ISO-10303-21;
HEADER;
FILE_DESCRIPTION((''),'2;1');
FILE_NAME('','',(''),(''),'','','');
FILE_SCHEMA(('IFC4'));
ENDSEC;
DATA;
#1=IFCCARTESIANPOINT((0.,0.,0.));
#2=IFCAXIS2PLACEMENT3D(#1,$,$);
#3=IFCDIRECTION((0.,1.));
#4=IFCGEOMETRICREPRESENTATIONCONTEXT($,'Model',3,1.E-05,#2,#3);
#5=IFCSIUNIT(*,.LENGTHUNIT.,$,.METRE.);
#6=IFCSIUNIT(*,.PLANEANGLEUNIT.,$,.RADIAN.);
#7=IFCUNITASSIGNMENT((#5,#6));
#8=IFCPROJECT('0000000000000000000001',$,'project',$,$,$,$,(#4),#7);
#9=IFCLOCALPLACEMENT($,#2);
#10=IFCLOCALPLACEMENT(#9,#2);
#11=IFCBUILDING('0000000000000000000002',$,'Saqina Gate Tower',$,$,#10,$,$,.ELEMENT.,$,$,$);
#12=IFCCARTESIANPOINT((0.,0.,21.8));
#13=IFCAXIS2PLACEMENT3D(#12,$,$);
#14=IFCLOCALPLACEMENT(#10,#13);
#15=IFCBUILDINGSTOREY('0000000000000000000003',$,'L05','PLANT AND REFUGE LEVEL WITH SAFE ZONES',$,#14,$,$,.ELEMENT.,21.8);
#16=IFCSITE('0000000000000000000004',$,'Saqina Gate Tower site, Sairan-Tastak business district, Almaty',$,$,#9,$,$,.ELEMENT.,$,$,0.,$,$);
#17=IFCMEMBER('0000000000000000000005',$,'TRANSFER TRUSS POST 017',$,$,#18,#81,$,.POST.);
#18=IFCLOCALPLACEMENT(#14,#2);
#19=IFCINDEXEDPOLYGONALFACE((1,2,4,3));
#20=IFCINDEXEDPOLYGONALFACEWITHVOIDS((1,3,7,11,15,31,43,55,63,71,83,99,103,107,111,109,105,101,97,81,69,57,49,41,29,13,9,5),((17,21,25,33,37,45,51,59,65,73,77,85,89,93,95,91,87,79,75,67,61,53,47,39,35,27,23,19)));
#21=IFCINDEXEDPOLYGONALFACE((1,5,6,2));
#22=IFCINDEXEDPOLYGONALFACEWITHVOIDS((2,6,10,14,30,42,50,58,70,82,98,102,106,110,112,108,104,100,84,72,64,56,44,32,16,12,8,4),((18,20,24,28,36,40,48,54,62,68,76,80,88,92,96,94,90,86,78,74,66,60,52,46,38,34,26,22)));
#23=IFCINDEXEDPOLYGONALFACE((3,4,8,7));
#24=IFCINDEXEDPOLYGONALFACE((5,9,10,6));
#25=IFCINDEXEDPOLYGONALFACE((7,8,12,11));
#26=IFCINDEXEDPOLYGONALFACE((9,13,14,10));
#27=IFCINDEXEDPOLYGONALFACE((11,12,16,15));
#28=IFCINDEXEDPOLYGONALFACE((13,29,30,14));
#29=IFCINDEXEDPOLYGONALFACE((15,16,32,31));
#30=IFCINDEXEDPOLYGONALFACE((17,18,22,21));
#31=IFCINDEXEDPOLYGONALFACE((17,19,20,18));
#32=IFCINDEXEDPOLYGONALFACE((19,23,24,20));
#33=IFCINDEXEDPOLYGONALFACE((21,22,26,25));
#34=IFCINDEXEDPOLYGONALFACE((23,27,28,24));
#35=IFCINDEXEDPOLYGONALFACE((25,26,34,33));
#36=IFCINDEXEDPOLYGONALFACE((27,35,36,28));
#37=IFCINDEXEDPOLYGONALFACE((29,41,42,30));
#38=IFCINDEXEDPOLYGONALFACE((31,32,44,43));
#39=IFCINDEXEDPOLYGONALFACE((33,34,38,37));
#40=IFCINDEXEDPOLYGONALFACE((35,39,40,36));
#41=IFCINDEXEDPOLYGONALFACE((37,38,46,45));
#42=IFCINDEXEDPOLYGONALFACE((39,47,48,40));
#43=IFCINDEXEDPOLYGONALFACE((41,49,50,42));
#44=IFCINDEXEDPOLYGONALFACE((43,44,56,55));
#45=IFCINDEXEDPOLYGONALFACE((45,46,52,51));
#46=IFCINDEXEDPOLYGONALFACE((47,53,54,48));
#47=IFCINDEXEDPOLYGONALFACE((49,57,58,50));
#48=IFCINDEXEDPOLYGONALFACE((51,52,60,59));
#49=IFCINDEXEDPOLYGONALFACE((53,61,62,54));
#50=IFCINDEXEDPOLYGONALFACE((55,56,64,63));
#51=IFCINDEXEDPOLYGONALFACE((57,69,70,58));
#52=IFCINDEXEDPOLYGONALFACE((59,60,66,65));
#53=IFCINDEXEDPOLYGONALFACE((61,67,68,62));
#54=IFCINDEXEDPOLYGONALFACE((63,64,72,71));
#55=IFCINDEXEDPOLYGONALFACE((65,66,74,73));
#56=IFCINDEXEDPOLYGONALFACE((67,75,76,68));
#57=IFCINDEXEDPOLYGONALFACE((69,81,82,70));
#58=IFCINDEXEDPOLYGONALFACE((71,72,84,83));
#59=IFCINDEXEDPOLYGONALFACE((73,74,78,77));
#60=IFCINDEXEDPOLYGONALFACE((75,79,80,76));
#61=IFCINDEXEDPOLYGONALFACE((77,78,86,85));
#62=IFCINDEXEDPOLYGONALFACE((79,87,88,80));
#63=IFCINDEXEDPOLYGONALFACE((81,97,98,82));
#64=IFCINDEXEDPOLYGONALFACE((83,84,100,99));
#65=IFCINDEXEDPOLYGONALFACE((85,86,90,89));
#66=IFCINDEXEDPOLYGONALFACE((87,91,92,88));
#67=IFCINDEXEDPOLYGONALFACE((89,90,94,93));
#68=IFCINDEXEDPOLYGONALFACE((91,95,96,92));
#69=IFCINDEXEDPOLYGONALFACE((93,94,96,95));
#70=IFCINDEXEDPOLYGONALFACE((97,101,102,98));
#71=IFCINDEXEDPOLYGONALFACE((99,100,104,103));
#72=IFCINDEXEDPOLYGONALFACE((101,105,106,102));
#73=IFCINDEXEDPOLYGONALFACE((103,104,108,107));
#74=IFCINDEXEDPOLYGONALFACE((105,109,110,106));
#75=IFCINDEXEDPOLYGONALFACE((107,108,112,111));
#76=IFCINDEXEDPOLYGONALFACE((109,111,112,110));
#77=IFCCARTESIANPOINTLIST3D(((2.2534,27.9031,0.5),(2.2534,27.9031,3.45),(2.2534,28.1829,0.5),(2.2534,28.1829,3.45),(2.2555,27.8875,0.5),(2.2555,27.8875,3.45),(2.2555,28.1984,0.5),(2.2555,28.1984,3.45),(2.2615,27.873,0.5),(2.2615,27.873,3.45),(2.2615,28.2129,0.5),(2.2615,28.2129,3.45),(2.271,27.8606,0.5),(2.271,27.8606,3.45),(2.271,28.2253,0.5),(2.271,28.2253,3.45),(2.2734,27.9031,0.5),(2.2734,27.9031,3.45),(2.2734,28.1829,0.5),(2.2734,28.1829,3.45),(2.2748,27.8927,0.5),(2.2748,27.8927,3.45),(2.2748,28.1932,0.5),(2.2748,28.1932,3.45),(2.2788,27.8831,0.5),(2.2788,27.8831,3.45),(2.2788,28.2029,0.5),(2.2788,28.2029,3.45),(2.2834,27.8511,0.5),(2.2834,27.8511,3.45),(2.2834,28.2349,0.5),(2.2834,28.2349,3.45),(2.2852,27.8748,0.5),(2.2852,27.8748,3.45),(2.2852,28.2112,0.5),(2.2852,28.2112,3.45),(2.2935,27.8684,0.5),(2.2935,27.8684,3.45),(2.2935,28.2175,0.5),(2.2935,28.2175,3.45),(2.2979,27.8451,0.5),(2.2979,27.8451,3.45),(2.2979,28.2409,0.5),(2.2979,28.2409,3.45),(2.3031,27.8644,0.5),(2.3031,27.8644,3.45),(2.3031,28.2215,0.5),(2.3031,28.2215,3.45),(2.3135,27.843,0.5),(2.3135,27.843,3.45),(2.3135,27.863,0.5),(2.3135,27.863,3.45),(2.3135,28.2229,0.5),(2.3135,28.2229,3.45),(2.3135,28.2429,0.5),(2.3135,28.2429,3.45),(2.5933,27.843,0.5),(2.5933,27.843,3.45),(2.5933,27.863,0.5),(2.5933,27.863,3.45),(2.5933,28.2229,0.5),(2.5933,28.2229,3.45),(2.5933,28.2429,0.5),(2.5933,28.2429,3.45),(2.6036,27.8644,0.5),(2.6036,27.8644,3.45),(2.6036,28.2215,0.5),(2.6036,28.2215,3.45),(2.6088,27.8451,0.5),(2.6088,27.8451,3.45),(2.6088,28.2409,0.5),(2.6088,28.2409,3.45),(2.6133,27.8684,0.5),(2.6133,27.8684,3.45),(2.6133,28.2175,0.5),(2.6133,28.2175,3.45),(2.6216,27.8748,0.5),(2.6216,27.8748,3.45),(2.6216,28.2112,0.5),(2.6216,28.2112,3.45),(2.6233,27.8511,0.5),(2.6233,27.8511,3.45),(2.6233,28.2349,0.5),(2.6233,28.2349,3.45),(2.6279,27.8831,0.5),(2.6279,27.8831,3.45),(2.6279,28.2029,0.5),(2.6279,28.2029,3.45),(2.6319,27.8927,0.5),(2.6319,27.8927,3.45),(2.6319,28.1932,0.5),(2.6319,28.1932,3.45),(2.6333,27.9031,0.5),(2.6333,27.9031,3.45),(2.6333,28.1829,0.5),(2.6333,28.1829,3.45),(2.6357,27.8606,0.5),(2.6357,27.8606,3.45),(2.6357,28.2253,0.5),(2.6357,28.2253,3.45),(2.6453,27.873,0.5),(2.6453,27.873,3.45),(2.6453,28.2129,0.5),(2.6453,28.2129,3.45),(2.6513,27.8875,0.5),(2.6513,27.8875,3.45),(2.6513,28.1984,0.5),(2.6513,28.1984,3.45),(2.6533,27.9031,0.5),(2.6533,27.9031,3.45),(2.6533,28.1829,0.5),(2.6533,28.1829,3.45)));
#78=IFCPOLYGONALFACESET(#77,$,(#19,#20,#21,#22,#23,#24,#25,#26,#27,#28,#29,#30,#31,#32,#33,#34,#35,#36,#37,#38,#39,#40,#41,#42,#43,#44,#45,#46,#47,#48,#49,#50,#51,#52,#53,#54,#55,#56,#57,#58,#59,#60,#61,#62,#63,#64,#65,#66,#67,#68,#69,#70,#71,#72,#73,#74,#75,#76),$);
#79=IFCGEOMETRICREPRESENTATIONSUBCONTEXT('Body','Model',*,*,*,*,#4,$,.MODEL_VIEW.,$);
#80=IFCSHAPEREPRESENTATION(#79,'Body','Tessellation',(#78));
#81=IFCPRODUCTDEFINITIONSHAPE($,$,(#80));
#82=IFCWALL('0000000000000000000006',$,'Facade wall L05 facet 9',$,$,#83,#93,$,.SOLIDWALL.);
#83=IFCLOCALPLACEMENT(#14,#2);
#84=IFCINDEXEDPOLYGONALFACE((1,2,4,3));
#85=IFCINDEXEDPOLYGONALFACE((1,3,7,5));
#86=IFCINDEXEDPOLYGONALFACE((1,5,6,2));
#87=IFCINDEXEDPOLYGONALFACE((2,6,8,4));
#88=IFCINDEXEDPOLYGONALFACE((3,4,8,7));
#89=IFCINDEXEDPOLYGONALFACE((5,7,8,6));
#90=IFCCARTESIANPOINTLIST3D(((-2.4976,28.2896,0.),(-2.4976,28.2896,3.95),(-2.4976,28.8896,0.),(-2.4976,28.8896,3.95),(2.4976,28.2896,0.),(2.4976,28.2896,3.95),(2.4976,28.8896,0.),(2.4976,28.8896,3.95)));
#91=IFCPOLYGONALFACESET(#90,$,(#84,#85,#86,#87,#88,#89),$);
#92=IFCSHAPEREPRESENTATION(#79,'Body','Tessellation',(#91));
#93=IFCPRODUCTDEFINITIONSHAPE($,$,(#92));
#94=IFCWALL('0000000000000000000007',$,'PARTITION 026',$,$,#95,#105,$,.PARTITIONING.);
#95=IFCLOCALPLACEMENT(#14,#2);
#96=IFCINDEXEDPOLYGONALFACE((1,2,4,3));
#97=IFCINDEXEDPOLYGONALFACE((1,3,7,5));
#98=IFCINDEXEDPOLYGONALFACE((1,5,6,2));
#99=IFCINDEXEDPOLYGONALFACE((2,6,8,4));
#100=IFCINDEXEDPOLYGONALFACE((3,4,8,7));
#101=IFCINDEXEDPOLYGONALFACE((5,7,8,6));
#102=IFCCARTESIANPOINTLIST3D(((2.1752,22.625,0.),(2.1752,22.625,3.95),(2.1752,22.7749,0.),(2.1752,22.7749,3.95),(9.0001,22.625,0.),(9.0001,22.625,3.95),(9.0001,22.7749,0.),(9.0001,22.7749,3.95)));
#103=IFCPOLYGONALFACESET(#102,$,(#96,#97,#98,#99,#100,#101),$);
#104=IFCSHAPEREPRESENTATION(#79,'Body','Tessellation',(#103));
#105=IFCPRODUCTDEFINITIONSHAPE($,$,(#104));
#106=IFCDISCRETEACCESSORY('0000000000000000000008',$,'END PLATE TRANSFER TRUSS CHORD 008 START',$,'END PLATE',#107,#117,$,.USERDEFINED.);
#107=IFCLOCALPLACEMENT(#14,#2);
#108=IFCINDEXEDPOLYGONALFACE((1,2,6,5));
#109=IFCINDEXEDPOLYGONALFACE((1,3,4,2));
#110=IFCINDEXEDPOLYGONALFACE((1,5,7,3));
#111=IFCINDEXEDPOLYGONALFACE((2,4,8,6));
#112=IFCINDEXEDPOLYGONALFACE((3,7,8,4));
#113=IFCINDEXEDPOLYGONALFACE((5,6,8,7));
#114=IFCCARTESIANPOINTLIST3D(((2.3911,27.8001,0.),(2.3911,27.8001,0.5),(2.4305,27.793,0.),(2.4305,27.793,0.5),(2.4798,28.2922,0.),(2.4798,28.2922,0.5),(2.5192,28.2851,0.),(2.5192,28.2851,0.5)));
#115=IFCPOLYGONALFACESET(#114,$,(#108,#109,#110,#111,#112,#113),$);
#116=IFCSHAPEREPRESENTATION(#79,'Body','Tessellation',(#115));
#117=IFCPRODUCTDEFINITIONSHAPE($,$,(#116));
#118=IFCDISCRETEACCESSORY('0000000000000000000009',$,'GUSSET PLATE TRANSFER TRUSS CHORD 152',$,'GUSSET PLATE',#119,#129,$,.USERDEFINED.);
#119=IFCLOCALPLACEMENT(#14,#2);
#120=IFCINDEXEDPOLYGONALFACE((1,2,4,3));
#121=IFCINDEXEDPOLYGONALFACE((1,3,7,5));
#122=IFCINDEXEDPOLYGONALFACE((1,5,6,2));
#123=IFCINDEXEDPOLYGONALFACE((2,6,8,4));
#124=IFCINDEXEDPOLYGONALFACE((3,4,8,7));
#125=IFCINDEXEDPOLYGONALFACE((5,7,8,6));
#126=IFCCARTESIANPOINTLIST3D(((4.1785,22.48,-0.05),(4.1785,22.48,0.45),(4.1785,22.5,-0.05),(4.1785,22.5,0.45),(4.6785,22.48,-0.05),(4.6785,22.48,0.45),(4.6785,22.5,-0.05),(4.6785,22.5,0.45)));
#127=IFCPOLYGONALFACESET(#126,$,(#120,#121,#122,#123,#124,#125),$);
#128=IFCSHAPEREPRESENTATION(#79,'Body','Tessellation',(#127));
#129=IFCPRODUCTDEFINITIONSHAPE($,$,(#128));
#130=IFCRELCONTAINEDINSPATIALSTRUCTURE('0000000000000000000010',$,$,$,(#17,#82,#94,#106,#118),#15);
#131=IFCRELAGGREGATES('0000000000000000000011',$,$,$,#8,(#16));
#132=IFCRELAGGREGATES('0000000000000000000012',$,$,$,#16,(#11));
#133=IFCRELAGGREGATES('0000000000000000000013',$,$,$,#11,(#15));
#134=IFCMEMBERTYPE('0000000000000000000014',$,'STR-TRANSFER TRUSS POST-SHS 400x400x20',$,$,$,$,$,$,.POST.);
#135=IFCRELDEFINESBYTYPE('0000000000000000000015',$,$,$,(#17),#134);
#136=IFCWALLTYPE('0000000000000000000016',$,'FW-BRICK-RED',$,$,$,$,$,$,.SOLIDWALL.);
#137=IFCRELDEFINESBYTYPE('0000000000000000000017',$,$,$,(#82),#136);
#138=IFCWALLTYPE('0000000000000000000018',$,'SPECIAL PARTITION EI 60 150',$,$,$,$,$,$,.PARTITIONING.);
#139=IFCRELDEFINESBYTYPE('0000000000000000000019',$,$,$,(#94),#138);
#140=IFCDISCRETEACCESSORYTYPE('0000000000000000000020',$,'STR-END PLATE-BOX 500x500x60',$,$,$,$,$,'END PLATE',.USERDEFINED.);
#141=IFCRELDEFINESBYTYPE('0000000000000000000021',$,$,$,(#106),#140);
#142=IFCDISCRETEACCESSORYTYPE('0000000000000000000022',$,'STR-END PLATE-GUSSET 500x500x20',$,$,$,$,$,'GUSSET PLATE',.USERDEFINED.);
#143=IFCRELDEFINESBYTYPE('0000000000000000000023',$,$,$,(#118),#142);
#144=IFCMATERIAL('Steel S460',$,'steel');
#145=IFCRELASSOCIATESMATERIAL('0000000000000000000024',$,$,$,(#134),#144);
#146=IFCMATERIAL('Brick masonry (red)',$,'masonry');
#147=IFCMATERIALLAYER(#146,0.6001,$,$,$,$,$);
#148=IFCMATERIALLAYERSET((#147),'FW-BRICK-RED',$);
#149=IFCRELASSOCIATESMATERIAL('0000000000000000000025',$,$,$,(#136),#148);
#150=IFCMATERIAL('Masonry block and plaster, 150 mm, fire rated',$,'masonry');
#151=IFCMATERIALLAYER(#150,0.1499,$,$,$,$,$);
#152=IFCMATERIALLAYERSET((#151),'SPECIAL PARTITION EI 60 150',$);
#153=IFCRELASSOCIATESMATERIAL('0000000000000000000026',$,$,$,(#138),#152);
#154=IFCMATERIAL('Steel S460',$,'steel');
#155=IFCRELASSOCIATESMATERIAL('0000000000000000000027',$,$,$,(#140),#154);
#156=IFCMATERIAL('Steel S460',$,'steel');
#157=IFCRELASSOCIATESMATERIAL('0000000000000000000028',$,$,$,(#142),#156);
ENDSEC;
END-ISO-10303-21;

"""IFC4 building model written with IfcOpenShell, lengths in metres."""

from ifc_helpers import new_model, si_unit, direction, frame, frame_2d, origin, origin_2d, place, context, subcontext, project, spatial, rectangle, hollow_rectangle, extrude, material, layer, layer_set, material_profile, profile_set, type_object, element, save


model = new_model("IFC4")

# Units and contexts
model_context = context("Model", 3, precision=1e-05, world=origin(), true_north=direction((0.0, 1.0)))
body_context = subcontext(model_context, "Body", "Model", "MODEL_VIEW")
ifc_project = project(units=[si_unit("LENGTHUNIT", "METRE"), si_unit("PLANEANGLEUNIT", "RADIAN")], contexts=[model_context])

# Site, building, storey
site_placement = place(None, origin())
site = spatial("IfcSite", under=ifc_project, at=site_placement, Name="Saqina Gate Tower site, Sairan-Tastak business district, Almaty", CompositionType="ELEMENT", RefElevation=0.0)
building_placement = place(site_placement, origin())
building = spatial("IfcBuilding", under=site, at=building_placement, Name="Saqina Gate Tower", CompositionType="ELEMENT")
storey_placement = place(building_placement, frame((0.0, 0.0, 21.8)))
storey = spatial("IfcBuildingStorey", under=building, at=storey_placement, Name="L05", Description="PLANT AND REFUGE LEVEL WITH SAFE ZONES", CompositionType="ELEMENT", Elevation=21.8)

# Member
ifc_material_1 = material(Name="Steel S460", Category="steel")
ifc_material_profile_1 = material_profile(ifc_material_1, hollow_rectangle(XDim=0.3999, YDim=0.3999, WallThickness=0.02, InnerFilletRadius=0.04, OuterFilletRadius=0.0601, at=origin_2d()), Name="SHS 400x400x20")
ifc_profile_set_1 = profile_set([ifc_material_profile_1], Name="Steel S460")
member_type_1 = type_object("IfcMemberType", Name="STR-TRANSFER TRUSS POST-SHS 400x400x20", PredefinedType="POST", material=ifc_profile_set_1)
member_1_placement = place(storey_placement, frame((2.4534, 28.043, 0.5), z_axis=(0.0, 0.0, 1.0), x_axis=(1.0, 0.0, 0.0)))
element("IfcMember", 1, at=member_1_placement, inside=storey, type_object=member_type_1, Name="TRANSFER TRUSS POST 017", PredefinedType="POST", context=body_context, shape_type="SweptSolid", body=[
    extrude(hollow_rectangle(XDim=0.3999, YDim=0.3999, WallThickness=0.02, InnerFilletRadius=0.04, OuterFilletRadius=0.0601, at=origin_2d()), origin(), (0.0, 0.0, 1.0), 2.95),
])

# Walls
ifc_material_2 = material(Name="Brick masonry (red)", Category="masonry")
ifc_layer_1 = layer(ifc_material_2, 0.6001)
ifc_layer_set_1 = layer_set([ifc_layer_1], Name="FW-BRICK-RED")
wall_type_1 = type_object("IfcWallType", Name="FW-BRICK-RED", PredefinedType="SOLIDWALL", material=ifc_layer_set_1)
wall_1_placement = place(storey_placement, frame((2.4976, 28.5896, 0.0), z_axis=(0.0, 0.0, 1.0), x_axis=(-1.0, 0.0, 0.0)))
element("IfcWall", 2, at=wall_1_placement, inside=storey, type_object=wall_type_1, Name="Facade wall L05 facet 9", PredefinedType="SOLIDWALL", context=body_context, shape_type="SweptSolid", body=[
    extrude(rectangle(XDim=4.9951, YDim=0.6001, at=frame_2d((2.4976, 0.0))), origin(), (0.0, 0.0, 1.0), 3.95),
])
ifc_material_3 = material(Name="Masonry block and plaster, 150 mm, fire rated", Category="masonry")
ifc_layer_2 = layer(ifc_material_3, 0.1499)
ifc_layer_set_2 = layer_set([ifc_layer_2], Name="SPECIAL PARTITION EI 60 150")
wall_type_2 = type_object("IfcWallType", Name="SPECIAL PARTITION EI 60 150", PredefinedType="PARTITIONING", material=ifc_layer_set_2)
wall_2_placement = place(storey_placement, frame((2.175, 22.7, 0.0), z_axis=(0.0, 0.0, 1.0), x_axis=(1.0, 0.0, 0.0)))
element("IfcWall", 3, at=wall_2_placement, inside=storey, type_object=wall_type_2, Name="PARTITION 026", PredefinedType="PARTITIONING", context=body_context, shape_type="SweptSolid", body=[
    extrude(rectangle(XDim=6.825, YDim=0.1499, at=frame_2d((3.4126, 0.0))), origin(), (0.0, 0.0, 1.0), 3.95),
])

# Discrete accessories
ifc_material_4 = material(Name="Steel S460", Category="steel")
ifc_material_profile_2 = material_profile(ifc_material_4, rectangle(XDim=0.5, YDim=0.5, at=origin_2d()), Name="STR-END PLATE-BOX 500x500x60")
ifc_profile_set_2 = profile_set([ifc_material_profile_2], Name="Steel S460")
discrete_accessory_type_1 = type_object("IfcDiscreteAccessoryType", Name="STR-END PLATE-BOX 500x500x60", ElementType="END PLATE", PredefinedType="USERDEFINED", material=ifc_profile_set_2)
discrete_accessory_1_placement = place(storey_placement, frame((2.4749, 28.0391, 0.25), z_axis=(-0.984162, 0.177271, 0.0), x_axis=(0.177271, 0.984162, 0.0)))
element("IfcDiscreteAccessory", 4, at=discrete_accessory_1_placement, inside=storey, type_object=discrete_accessory_type_1, Name="END PLATE TRANSFER TRUSS CHORD 008 START", ObjectType="END PLATE", PredefinedType="USERDEFINED", context=body_context, shape_type="SweptSolid", body=[
    extrude(rectangle(XDim=0.5, YDim=0.5, at=origin_2d()), origin(), (0.0, 0.0, 1.0), 0.04),
])
ifc_material_5 = material(Name="Steel S460", Category="steel")
ifc_material_profile_3 = material_profile(ifc_material_5, rectangle(XDim=0.5, YDim=0.5, at=origin_2d()), Name="STR-END PLATE-GUSSET 500x500x20")
ifc_profile_set_3 = profile_set([ifc_material_profile_3], Name="Steel S460")
discrete_accessory_type_2 = type_object("IfcDiscreteAccessoryType", Name="STR-END PLATE-GUSSET 500x500x20", ElementType="GUSSET PLATE", PredefinedType="USERDEFINED", material=ifc_profile_set_3)
discrete_accessory_2_placement = place(storey_placement, frame((4.4285, 22.5, 0.2), z_axis=(0.0, -1.0, 0.0), x_axis=(1.0, 0.0, 0.0)))
element("IfcDiscreteAccessory", 5, at=discrete_accessory_2_placement, inside=storey, type_object=discrete_accessory_type_2, Name="GUSSET PLATE TRANSFER TRUSS CHORD 152", ObjectType="GUSSET PLATE", PredefinedType="USERDEFINED", context=body_context, shape_type="SweptSolid", body=[
    extrude(rectangle(XDim=0.5, YDim=0.5, at=origin_2d()), origin(), (0.0, 0.0, 1.0), 0.02),
])

save(model, "model.ifc")
